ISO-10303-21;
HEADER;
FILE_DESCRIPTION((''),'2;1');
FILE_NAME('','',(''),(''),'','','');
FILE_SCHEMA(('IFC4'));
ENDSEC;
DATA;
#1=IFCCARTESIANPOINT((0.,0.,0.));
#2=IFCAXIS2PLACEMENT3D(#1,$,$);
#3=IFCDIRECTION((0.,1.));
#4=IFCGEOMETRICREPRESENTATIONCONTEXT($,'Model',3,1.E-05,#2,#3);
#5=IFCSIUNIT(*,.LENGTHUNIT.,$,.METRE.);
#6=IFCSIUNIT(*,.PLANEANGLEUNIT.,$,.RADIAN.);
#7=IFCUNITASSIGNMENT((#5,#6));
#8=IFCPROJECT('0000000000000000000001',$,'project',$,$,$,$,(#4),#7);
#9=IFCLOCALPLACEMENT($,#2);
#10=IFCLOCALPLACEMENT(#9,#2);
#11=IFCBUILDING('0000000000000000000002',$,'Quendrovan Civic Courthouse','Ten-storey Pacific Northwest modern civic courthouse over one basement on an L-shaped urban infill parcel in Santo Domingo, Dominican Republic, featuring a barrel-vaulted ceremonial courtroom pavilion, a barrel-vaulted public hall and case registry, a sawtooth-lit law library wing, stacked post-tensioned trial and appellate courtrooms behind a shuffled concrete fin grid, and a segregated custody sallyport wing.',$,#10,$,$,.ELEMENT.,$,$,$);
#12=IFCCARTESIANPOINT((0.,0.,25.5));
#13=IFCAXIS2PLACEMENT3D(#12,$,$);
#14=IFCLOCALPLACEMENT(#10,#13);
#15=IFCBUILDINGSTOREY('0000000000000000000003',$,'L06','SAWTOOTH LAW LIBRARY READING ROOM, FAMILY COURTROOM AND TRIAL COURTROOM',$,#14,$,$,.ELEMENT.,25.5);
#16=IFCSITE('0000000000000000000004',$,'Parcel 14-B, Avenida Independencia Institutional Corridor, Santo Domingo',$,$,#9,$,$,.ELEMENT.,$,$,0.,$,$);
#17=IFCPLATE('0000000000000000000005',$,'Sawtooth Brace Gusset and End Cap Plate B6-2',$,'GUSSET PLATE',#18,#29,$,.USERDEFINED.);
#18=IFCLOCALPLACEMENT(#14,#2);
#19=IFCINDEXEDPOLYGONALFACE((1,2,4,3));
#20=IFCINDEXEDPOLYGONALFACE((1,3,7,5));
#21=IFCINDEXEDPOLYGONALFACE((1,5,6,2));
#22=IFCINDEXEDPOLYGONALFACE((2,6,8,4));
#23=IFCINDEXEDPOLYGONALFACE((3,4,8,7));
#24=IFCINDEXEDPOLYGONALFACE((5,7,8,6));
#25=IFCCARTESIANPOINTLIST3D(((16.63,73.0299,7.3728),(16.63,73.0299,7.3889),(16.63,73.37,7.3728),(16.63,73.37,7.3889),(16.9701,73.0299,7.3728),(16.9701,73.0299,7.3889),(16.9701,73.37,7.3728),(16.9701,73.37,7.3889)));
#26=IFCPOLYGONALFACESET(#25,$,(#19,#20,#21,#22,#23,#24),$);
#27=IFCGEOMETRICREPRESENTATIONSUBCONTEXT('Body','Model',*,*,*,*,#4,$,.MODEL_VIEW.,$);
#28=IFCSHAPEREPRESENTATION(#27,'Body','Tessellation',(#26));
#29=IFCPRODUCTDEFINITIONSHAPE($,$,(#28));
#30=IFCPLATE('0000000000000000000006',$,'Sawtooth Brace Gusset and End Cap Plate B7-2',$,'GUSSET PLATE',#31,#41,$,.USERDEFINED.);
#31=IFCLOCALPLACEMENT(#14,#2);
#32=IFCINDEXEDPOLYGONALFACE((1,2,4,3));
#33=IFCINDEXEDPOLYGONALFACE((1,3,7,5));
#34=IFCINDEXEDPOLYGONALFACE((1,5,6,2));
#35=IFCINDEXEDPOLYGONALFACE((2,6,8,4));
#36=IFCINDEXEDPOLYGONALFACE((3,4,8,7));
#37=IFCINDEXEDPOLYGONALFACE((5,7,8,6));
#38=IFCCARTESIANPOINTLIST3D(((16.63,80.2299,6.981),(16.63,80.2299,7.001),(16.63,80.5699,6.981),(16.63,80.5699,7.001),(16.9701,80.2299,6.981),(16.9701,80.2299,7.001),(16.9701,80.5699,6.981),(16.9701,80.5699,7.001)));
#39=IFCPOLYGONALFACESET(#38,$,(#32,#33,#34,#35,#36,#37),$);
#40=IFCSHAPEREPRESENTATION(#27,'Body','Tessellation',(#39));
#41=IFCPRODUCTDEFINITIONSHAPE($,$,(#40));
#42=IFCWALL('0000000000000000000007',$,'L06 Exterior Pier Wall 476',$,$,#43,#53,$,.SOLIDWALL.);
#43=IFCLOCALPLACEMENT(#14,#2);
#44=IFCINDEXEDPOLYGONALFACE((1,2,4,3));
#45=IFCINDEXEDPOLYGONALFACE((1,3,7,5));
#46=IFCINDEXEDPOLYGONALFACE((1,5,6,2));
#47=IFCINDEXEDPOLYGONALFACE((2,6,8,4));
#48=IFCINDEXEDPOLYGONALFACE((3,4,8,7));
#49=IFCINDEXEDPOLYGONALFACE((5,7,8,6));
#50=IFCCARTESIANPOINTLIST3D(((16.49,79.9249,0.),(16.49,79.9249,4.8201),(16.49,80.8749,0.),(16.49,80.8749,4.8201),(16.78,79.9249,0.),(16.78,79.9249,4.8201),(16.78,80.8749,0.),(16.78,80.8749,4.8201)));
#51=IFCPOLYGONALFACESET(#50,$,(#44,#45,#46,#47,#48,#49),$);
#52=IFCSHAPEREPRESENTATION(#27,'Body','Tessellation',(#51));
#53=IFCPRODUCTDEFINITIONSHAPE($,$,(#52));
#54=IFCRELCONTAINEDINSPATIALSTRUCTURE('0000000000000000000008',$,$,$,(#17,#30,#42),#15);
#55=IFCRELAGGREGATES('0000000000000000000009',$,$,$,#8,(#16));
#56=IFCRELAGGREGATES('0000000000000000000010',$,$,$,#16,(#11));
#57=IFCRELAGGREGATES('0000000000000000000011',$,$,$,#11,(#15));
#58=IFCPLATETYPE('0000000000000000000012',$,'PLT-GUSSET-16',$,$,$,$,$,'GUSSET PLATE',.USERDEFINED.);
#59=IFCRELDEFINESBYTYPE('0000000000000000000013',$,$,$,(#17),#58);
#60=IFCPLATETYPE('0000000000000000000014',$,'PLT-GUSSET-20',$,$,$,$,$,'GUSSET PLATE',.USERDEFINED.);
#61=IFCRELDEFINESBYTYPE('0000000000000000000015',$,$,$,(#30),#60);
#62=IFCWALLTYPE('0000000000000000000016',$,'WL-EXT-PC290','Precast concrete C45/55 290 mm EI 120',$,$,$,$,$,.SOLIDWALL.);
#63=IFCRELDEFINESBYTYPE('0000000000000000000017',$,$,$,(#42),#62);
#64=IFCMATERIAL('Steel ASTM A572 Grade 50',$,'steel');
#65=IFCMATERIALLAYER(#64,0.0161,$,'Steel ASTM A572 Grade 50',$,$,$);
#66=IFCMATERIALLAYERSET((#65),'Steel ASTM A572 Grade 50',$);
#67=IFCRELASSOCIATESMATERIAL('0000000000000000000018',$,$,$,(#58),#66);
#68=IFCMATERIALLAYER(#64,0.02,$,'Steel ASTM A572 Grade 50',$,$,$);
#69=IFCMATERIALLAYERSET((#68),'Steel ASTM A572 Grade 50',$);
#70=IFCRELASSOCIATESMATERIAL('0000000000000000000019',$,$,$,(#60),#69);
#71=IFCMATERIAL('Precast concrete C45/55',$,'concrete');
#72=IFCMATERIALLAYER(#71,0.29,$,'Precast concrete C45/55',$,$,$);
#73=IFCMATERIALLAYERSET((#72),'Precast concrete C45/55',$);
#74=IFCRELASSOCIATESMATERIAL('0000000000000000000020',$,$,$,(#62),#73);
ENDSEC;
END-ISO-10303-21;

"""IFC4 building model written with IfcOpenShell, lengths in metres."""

from ifc_helpers import new_model, si_unit, direction, frame, frame_2d, origin, origin_2d, place, context, subcontext, project, spatial, rectangle, extrude, material, layer, layer_set, type_object, element, save


model = new_model("IFC4")

# Units and contexts
model_context = context("Model", 3, precision=1e-05, world=origin(), true_north=direction((0.0, 1.0)))
body_context = subcontext(model_context, "Body", "Model", "MODEL_VIEW")
ifc_project = project(units=[si_unit("LENGTHUNIT", "METRE"), si_unit("PLANEANGLEUNIT", "RADIAN")], contexts=[model_context])

# Site, building, storey
site_placement = place(None, origin())
site = spatial("IfcSite", under=ifc_project, at=site_placement, Name="Parcel 14-B, Avenida Independencia Institutional Corridor, Santo Domingo", CompositionType="ELEMENT", RefElevation=0.0)
building_placement = place(site_placement, origin())
building = spatial("IfcBuilding", under=site, at=building_placement, Name="Quendrovan Civic Courthouse", Description="Ten-storey Pacific Northwest modern civic courthouse over one basement on an L-shaped urban infill parcel in Santo Domingo, Dominican Republic, featuring a barrel-vaulted ceremonial courtroom pavilion, a barrel-vaulted public hall and case registry, a sawtooth-lit law library wing, stacked post-tensioned trial and appellate courtrooms behind a shuffled concrete fin grid, and a segregated custody sallyport wing.", CompositionType="ELEMENT")
storey_placement = place(building_placement, frame((0.0, 0.0, 25.5)))
storey = spatial("IfcBuildingStorey", under=building, at=storey_placement, Name="L06", Description="SAWTOOTH LAW LIBRARY READING ROOM, FAMILY COURTROOM AND TRIAL COURTROOM", CompositionType="ELEMENT", Elevation=25.5)

# Plates
ifc_material_1 = material(Name="Steel ASTM A572 Grade 50", Category="steel")
ifc_layer_1 = layer(ifc_material_1, 0.0161, Name="Steel ASTM A572 Grade 50")
ifc_layer_set_1 = layer_set([ifc_layer_1], Name="Steel ASTM A572 Grade 50")
plate_type_1 = type_object("IfcPlateType", Name="PLT-GUSSET-16", ElementType="GUSSET PLATE", PredefinedType="USERDEFINED", material=ifc_layer_set_1)
plate_1_placement = place(storey_placement, frame((16.8, 73.2, 7.3728), z_axis=(0.0, 0.0, 1.0), x_axis=(1.0, 0.0, 0.0)))
element("IfcPlate", 1, at=plate_1_placement, inside=storey, type_object=plate_type_1, Name="Sawtooth Brace Gusset and End Cap Plate B6-2", ObjectType="GUSSET PLATE", PredefinedType="USERDEFINED", context=body_context, shape_type="SweptSolid", body=[
    extrude(rectangle(XDim=0.3401, YDim=0.3401, at=origin_2d()), origin(), (0.0, 0.0, 1.0), 0.0161),
])
ifc_layer_2 = layer(ifc_material_1, 0.02, Name="Steel ASTM A572 Grade 50")
ifc_layer_set_2 = layer_set([ifc_layer_2], Name="Steel ASTM A572 Grade 50")
plate_type_2 = type_object("IfcPlateType", Name="PLT-GUSSET-20", ElementType="GUSSET PLATE", PredefinedType="USERDEFINED", material=ifc_layer_set_2)
plate_2_placement = place(storey_placement, frame((16.8, 80.3999, 6.981), z_axis=(0.0, 0.0, 1.0), x_axis=(1.0, 0.0, 0.0)))
element("IfcPlate", 2, at=plate_2_placement, inside=storey, type_object=plate_type_2, Name="Sawtooth Brace Gusset and End Cap Plate B7-2", ObjectType="GUSSET PLATE", PredefinedType="USERDEFINED", context=body_context, shape_type="SweptSolid", body=[
    extrude(rectangle(XDim=0.3401, YDim=0.3401, at=origin_2d()), origin(), (0.0, 0.0, 1.0), 0.02),
])

# Wall
ifc_material_2 = material(Name="Precast concrete C45/55", Category="concrete")
ifc_layer_3 = layer(ifc_material_2, 0.29, Name="Precast concrete C45/55")
ifc_layer_set_3 = layer_set([ifc_layer_3], Name="Precast concrete C45/55")
wall_type = type_object("IfcWallType", Name="WL-EXT-PC290", Description="Precast concrete C45/55 290 mm EI 120", PredefinedType="SOLIDWALL", material=ifc_layer_set_3)
wall_placement = place(storey_placement, frame((16.635, 80.875, 0.0), z_axis=(0.0, 0.0, 1.0), x_axis=(0.0, -1.0, 0.0)))
element("IfcWall", 3, at=wall_placement, inside=storey, type_object=wall_type, Name="L06 Exterior Pier Wall 476", PredefinedType="SOLIDWALL", context=body_context, shape_type="SweptSolid", body=[
    extrude(rectangle(XDim=0.95, YDim=0.29, at=frame_2d((0.4751, 0.0))), origin(), (0.0, 0.0, 1.0), 4.8201),
])

save(model, "model.ifc")
